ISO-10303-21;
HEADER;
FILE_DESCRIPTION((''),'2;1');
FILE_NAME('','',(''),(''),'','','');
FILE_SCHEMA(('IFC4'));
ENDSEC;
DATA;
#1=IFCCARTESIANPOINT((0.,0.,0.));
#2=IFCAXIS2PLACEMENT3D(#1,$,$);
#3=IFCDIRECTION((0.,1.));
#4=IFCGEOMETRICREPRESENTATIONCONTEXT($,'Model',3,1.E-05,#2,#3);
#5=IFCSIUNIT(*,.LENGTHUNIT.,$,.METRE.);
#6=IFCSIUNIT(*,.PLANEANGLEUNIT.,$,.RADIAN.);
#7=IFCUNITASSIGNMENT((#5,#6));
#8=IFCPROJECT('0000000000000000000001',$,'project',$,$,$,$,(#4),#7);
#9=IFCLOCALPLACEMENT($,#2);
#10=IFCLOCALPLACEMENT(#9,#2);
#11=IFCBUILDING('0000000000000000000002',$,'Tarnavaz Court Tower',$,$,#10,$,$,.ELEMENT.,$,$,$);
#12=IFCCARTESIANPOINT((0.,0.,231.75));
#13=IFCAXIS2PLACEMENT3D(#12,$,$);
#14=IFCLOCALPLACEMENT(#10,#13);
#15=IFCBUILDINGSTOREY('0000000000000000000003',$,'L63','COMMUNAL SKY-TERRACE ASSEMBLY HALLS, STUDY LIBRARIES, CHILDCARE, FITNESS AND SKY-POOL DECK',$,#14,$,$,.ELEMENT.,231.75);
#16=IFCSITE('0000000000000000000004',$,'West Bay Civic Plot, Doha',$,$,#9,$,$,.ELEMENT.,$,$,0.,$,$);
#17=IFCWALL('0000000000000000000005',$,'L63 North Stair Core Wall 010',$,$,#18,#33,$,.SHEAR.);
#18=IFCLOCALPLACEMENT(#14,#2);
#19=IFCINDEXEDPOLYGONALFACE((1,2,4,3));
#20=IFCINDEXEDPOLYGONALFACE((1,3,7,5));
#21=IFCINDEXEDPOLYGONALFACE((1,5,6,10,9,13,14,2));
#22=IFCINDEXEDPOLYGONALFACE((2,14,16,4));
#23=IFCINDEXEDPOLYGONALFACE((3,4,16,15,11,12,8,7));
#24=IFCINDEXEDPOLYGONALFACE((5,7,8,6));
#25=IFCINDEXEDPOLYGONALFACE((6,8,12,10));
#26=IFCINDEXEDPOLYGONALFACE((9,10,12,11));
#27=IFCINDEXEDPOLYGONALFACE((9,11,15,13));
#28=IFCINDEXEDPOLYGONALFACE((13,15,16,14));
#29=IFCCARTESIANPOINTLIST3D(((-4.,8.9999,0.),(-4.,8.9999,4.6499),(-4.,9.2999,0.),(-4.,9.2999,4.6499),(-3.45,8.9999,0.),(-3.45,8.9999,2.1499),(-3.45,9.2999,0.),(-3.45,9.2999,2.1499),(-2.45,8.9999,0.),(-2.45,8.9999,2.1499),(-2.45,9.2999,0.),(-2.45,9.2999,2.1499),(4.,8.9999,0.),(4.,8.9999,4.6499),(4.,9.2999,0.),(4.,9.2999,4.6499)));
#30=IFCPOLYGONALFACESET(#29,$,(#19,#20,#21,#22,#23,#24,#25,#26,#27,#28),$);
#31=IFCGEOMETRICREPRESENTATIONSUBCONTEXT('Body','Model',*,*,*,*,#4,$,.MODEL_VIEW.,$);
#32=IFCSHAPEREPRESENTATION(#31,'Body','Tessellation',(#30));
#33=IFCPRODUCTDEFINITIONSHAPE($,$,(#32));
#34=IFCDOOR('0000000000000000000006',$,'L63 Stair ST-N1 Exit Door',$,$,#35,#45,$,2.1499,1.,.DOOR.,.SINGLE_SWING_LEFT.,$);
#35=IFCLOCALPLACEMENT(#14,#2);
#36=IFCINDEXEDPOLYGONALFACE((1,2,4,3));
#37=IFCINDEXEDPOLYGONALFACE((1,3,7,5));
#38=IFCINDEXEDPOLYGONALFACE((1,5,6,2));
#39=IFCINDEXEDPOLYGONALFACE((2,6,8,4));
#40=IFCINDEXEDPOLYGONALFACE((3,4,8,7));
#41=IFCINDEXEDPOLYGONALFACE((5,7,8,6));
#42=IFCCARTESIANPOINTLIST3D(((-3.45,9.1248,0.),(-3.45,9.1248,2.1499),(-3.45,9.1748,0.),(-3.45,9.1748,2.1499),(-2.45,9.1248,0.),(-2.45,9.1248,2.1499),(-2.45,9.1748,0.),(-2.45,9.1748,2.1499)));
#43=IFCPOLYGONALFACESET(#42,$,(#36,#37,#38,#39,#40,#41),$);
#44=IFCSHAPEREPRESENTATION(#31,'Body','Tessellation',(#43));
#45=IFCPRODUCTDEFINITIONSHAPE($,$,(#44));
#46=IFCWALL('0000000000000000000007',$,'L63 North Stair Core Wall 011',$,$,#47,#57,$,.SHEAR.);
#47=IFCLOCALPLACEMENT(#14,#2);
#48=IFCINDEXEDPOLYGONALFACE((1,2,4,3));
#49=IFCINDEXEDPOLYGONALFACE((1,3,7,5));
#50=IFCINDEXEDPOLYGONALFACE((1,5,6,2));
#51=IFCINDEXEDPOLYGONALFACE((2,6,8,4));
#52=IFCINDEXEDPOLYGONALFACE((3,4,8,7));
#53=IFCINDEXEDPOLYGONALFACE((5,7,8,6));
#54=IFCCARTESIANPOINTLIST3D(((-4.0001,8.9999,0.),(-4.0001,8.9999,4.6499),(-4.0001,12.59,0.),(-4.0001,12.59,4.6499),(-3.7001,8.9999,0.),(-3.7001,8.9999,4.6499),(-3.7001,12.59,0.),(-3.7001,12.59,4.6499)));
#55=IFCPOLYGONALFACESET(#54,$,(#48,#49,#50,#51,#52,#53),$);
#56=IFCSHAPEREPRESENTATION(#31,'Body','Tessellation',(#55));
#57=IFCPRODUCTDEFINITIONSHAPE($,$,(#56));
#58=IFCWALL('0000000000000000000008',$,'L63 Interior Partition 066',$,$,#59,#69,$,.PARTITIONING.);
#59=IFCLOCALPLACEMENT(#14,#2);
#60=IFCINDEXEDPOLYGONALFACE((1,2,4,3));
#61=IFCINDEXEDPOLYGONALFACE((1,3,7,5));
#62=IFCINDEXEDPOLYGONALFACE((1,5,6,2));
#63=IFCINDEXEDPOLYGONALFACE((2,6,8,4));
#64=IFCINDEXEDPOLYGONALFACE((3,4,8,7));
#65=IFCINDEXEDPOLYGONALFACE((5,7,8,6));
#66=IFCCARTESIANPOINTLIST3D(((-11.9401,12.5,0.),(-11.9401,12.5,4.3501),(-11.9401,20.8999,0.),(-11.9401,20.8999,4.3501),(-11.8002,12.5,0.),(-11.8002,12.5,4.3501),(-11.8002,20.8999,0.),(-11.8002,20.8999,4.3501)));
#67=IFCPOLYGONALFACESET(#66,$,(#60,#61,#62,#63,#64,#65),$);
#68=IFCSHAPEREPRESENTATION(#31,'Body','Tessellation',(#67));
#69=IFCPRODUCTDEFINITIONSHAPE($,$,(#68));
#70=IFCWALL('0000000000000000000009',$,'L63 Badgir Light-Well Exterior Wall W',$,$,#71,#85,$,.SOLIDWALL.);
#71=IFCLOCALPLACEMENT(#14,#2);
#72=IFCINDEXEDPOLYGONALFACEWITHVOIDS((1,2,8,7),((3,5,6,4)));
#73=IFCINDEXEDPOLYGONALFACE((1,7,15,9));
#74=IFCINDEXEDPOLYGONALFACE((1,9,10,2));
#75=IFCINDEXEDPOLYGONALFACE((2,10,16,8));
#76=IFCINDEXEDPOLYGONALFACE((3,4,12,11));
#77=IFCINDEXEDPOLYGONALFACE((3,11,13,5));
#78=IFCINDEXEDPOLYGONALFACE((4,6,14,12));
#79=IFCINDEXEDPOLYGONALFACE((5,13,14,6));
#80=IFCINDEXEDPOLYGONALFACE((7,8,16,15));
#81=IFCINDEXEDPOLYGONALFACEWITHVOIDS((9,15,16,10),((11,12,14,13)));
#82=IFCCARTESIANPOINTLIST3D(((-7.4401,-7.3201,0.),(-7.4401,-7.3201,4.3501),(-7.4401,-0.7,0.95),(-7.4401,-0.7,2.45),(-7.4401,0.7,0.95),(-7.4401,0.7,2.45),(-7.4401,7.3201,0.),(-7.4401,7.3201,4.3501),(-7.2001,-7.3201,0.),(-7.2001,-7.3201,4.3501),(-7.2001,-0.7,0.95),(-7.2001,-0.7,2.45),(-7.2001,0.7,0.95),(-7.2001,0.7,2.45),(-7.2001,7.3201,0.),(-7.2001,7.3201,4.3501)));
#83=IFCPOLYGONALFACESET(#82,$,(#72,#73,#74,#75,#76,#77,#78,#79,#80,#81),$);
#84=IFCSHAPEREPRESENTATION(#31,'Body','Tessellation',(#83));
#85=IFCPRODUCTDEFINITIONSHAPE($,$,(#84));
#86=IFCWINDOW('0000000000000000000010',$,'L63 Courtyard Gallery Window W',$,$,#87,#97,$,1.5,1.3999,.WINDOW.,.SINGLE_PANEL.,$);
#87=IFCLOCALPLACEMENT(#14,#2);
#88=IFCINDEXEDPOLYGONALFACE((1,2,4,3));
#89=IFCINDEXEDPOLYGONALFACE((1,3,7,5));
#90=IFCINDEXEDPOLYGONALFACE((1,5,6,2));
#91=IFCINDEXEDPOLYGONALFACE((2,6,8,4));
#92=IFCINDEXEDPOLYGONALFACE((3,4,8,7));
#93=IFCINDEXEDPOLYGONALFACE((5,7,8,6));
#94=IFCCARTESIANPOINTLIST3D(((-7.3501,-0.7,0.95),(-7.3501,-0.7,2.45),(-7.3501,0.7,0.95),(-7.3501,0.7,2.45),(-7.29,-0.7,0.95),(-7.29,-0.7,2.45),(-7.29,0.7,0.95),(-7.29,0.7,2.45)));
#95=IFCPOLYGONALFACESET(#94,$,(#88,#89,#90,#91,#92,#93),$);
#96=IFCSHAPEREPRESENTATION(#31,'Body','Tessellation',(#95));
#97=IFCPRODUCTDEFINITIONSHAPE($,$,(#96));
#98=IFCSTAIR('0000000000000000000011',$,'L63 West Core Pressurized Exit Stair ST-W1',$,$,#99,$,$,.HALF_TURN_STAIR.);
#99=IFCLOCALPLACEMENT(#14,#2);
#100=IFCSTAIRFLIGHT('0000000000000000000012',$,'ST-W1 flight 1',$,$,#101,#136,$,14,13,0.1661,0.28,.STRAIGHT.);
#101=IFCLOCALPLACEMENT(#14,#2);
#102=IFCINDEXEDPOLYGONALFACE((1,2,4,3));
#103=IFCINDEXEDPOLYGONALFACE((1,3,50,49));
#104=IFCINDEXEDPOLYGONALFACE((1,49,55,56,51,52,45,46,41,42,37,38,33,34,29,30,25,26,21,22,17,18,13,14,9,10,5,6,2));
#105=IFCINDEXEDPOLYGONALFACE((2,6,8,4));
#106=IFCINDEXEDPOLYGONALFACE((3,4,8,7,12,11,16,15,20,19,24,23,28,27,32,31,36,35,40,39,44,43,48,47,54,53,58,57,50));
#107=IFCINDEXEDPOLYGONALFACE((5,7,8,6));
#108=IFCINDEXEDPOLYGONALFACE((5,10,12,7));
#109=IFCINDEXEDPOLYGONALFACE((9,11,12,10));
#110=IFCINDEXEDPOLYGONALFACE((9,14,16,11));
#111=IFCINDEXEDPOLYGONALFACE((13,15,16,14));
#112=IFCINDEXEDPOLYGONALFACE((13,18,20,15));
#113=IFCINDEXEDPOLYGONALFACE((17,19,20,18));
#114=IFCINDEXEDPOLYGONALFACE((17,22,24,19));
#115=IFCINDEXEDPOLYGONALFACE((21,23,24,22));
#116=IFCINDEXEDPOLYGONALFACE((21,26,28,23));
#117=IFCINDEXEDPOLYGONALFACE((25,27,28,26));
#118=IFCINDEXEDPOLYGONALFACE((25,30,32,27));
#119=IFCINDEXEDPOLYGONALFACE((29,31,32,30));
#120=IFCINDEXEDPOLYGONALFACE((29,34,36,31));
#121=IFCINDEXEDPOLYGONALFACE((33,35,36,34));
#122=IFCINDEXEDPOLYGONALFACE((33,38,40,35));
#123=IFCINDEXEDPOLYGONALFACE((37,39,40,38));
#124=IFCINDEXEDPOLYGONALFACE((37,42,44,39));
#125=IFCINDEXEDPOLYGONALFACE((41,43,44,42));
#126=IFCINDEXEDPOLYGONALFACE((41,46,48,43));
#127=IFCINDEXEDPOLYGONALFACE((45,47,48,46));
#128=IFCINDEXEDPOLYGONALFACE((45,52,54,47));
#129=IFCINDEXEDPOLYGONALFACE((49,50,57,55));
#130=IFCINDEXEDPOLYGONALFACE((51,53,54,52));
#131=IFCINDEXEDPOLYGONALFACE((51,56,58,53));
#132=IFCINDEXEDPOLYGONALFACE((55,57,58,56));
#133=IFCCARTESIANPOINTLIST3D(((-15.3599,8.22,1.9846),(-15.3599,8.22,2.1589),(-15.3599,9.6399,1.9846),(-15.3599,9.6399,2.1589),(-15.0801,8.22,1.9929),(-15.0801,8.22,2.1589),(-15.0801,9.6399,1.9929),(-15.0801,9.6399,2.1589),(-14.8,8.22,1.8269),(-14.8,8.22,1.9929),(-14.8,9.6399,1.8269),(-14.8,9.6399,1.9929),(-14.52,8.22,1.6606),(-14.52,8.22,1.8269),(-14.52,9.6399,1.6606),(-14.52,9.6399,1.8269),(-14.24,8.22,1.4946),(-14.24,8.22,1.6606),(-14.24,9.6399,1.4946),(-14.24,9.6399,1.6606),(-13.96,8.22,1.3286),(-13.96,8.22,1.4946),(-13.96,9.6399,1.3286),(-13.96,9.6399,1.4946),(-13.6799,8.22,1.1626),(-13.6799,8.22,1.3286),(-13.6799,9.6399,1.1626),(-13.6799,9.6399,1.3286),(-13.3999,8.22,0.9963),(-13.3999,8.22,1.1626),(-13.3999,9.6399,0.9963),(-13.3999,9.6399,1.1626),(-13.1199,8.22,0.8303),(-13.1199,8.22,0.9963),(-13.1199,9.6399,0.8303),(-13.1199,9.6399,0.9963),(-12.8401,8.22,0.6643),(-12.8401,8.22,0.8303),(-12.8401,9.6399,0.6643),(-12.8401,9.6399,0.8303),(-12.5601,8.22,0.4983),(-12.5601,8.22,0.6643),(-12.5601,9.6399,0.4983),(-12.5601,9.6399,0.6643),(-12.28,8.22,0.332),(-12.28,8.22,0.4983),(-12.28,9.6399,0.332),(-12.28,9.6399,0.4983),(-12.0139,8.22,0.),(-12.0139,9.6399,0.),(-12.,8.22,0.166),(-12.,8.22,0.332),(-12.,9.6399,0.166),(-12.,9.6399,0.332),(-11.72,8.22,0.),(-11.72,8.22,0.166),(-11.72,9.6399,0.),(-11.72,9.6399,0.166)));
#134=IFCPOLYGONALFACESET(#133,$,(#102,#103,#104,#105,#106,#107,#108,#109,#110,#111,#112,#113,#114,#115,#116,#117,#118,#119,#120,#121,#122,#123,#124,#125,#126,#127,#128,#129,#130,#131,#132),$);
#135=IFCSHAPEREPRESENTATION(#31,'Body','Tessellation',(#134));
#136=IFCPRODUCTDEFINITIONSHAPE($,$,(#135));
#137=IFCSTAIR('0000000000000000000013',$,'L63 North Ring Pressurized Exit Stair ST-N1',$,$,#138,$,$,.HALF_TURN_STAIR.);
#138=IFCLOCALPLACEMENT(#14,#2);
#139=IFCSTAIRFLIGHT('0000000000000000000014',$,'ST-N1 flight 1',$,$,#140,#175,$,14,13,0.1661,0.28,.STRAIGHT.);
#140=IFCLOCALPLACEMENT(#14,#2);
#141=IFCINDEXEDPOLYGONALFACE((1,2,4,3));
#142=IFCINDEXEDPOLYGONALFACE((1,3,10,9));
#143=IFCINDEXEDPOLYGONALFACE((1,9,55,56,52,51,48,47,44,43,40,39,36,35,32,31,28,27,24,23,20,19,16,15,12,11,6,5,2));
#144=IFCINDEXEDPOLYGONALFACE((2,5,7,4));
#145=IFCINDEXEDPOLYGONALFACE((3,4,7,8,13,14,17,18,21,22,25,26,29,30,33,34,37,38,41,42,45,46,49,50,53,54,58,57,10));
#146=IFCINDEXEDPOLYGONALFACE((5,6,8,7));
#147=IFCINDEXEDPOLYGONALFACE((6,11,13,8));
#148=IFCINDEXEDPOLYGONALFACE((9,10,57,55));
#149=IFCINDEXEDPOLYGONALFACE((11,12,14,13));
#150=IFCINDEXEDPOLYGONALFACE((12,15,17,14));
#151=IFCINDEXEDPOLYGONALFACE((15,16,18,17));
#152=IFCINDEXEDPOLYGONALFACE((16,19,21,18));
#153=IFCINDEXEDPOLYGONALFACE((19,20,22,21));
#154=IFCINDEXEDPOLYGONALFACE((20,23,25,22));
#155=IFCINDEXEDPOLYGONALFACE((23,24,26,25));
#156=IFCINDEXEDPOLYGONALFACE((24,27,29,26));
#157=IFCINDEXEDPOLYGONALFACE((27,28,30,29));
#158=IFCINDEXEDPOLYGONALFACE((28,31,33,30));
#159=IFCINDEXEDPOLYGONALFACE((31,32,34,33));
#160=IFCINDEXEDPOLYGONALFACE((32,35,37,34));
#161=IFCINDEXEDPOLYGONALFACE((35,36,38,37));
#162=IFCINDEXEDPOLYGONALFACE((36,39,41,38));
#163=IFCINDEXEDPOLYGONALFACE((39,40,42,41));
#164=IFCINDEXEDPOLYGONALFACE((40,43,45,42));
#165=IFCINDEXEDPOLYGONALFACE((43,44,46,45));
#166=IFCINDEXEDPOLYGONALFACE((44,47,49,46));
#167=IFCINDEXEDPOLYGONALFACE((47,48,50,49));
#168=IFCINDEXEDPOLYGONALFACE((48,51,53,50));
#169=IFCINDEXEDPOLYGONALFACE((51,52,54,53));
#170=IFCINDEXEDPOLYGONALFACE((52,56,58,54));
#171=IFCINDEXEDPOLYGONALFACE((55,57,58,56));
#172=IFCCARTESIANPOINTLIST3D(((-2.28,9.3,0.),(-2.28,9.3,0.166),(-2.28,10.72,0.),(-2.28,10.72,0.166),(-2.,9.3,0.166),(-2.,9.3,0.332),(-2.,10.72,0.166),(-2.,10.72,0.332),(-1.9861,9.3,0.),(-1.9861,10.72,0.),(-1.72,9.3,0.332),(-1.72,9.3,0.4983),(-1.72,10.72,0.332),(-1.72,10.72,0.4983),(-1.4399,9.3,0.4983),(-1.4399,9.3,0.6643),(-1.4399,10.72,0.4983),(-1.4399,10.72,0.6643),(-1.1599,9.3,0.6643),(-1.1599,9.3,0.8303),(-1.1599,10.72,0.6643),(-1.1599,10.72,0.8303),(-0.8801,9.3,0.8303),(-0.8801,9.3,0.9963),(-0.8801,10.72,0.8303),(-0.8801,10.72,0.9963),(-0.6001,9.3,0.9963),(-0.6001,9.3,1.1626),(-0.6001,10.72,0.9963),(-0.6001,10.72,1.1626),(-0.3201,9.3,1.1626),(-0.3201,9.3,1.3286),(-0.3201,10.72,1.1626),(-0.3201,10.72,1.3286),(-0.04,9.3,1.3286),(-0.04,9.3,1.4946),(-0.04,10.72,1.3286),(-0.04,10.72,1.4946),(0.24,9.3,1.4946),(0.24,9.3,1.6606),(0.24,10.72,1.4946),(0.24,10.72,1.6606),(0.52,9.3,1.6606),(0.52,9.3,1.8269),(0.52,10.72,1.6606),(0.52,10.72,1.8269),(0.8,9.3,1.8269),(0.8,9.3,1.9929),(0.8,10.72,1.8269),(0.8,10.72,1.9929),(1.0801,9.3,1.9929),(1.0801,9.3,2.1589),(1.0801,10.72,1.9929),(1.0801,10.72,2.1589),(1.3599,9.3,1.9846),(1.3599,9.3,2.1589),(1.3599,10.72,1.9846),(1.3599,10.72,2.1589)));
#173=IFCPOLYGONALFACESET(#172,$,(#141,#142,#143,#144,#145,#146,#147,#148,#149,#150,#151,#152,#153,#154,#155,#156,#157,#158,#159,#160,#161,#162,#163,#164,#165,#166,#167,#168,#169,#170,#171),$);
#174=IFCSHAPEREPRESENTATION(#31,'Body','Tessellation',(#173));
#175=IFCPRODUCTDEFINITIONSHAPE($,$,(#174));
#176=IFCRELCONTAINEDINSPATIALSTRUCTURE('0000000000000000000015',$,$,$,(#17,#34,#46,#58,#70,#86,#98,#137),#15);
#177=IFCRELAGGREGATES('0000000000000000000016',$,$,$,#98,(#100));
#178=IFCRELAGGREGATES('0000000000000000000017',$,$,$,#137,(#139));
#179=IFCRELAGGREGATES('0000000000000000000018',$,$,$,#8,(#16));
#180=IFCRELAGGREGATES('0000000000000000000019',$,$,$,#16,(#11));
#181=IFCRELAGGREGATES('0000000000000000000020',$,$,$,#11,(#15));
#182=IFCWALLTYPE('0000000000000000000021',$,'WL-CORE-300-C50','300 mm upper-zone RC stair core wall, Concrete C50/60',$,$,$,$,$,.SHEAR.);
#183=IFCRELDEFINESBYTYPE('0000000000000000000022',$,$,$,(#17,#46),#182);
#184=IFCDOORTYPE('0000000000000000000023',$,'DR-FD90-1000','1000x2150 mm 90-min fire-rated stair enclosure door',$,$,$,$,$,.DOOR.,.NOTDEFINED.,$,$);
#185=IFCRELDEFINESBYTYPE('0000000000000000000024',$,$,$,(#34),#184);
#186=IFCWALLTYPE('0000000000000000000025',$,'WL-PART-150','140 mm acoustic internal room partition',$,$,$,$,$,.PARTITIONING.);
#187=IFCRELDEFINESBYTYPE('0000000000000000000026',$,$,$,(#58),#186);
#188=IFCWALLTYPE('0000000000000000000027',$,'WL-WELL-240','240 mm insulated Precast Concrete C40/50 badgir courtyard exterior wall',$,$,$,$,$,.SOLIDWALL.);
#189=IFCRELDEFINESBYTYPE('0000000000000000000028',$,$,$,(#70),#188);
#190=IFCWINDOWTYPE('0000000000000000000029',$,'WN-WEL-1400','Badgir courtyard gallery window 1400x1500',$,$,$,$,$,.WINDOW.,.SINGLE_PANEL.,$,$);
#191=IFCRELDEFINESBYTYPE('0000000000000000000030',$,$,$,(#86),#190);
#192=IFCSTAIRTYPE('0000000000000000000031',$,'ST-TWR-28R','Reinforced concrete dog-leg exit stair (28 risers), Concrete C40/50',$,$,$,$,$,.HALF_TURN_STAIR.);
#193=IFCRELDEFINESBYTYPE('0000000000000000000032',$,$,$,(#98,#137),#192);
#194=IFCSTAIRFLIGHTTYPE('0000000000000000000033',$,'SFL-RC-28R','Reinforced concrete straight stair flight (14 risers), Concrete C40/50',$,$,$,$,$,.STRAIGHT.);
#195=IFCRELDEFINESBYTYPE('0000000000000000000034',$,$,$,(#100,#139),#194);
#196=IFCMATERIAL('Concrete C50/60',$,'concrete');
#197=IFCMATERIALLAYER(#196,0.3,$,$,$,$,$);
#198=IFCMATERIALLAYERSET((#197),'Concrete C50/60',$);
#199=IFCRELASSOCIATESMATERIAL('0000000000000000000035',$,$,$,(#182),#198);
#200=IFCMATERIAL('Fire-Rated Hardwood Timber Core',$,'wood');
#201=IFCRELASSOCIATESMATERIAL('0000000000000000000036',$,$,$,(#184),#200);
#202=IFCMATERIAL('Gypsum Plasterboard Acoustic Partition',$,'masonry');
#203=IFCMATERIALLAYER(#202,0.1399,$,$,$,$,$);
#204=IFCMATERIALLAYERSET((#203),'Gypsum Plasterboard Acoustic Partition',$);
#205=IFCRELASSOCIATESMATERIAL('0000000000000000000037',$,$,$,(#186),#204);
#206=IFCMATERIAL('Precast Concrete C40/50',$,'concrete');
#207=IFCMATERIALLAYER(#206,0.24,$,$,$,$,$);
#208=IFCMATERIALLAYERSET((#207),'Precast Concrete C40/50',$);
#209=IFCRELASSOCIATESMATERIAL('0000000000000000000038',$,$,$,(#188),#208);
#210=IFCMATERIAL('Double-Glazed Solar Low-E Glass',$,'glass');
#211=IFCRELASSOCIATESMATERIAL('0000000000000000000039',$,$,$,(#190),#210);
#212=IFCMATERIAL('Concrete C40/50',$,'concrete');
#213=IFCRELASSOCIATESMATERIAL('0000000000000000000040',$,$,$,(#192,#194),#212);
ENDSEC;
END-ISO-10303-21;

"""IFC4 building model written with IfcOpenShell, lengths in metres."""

from ifc_helpers import new_model, si_unit, direction, frame, frame_2d, origin, place, context, subcontext, project, spatial, polyline, rectangle, outline, extrude, material, layer, layer_set, type_object, element, fill, aggregate, save


model = new_model("IFC4")

# Units and contexts
model_context = context("Model", 3, precision=1e-05, world=origin(), true_north=direction((0.0, 1.0)))
body_context = subcontext(model_context, "Body", "Model", "MODEL_VIEW")
ifc_project = project(units=[si_unit("LENGTHUNIT", "METRE"), si_unit("PLANEANGLEUNIT", "RADIAN")], contexts=[model_context])

# Site, building, storey
site_placement = place(None, origin())
site = spatial("IfcSite", under=ifc_project, at=site_placement, Name="West Bay Civic Plot, Doha", CompositionType="ELEMENT", RefElevation=0.0)
building_placement = place(site_placement, origin())
building = spatial("IfcBuilding", under=site, at=building_placement, Name="Tarnavaz Court Tower", CompositionType="ELEMENT")
storey_placement = place(building_placement, frame((0.0, 0.0, 231.75)))
storey = spatial("IfcBuildingStorey", under=building, at=storey_placement, Name="L63", Description="COMMUNAL SKY-TERRACE ASSEMBLY HALLS, STUDY LIBRARIES, CHILDCARE, FITNESS AND SKY-POOL DECK", CompositionType="ELEMENT", Elevation=231.75)

# Shared definitions
ifc_material_1 = material(Name="Concrete C50/60", Category="concrete")

# Shared definitions
ifc_material_2 = material(Name="Double-Glazed Solar Low-E Glass", Category="glass")

# Shared definitions
ifc_layer_1 = layer(ifc_material_1, 0.3)
ifc_layer_set_1 = layer_set([ifc_layer_1], Name="Concrete C50/60")
wall_type_1 = type_object("IfcWallType", Name="WL-CORE-300-C50", Description="300 mm upper-zone RC stair core wall, Concrete C50/60", PredefinedType="SHEAR", material=ifc_layer_set_1)

# Wall, opening, door
wall_1_placement = place(storey_placement, frame((-4.0, 9.1499, 0.0), z_axis=(0.0, 0.0, 1.0), x_axis=(1.0, 0.0, 0.0)))
wall_1 = element("IfcWall", 1, at=wall_1_placement, inside=storey, type_object=wall_type_1, Name="L63 North Stair Core Wall 010", PredefinedType="SHEAR", context=body_context, shape_type="SweptSolid", body=[
    extrude(rectangle(XDim=8.0, YDim=0.3, at=frame_2d((4.0, 0.0))), origin(), (0.0, 0.0, 1.0), 4.6499),
])
opening_1_placement = place(wall_1_placement, frame((0.55, 0.0, 0.0)))
opening_1 = element("IfcOpeningElement", 2, at=opening_1_placement, cuts=wall_1, PredefinedType="OPENING", context=body_context, shape_type="SweptSolid", body=[
    extrude(rectangle(XDim=1.0, YDim=2.1499, at=frame_2d((0.5, 1.075))), frame((0.0, 0.1599, 0.0), z_axis=(0.0, -1.0, 0.0), x_axis=(1.0, 0.0, 0.0)), (0.0, 0.0, 1.0), 0.3201),
])
ifc_material_3 = material(Name="Fire-Rated Hardwood Timber Core", Category="wood")
door_type_1 = type_object("IfcDoorType", Name="DR-FD90-1000", Description="1000x2150 mm 90-min fire-rated stair enclosure door", OperationType="NOTDEFINED", PredefinedType="DOOR", material=ifc_material_3)
door_1_placement = place(opening_1_placement, origin())
door_1 = element("IfcDoor", 3, at=door_1_placement, inside=storey, type_object=door_type_1, Name="L63 Stair ST-N1 Exit Door", OperationType="SINGLE_SWING_LEFT", OverallHeight=2.1499, OverallWidth=1.0, PredefinedType="DOOR", context=body_context, shape_type="SweptSolid", body=[
    extrude(rectangle(XDim=1.0, YDim=2.1499, at=frame_2d((0.5, 1.075))), frame((0.0, 0.0249, 0.0), z_axis=(0.0, -1.0, 0.0), x_axis=(1.0, 0.0, 0.0)), (0.0, 0.0, 1.0), 0.05),
])
fill(opening_1, door_1)

# Wall
wall_2_placement = place(storey_placement, frame((-3.8501, 9.0, 0.0), z_axis=(0.0, 0.0, 1.0), x_axis=(0.0, 1.0, 0.0)))
element("IfcWall", 4, at=wall_2_placement, inside=storey, type_object=wall_type_1, Name="L63 North Stair Core Wall 011", PredefinedType="SHEAR", context=body_context, shape_type="SweptSolid", body=[
    extrude(rectangle(XDim=3.5901, YDim=0.3, at=frame_2d((1.7949, 0.0))), origin(), (0.0, 0.0, 1.0), 4.6499),
])

# Wall
ifc_material_4 = material(Name="Gypsum Plasterboard Acoustic Partition", Category="masonry")
ifc_layer_2 = layer(ifc_material_4, 0.1399)
ifc_layer_set_2 = layer_set([ifc_layer_2], Name="Gypsum Plasterboard Acoustic Partition")
wall_type_2 = type_object("IfcWallType", Name="WL-PART-150", Description="140 mm acoustic internal room partition", PredefinedType="PARTITIONING", material=ifc_layer_set_2)
wall_3_placement = place(storey_placement, frame((-11.8701, 12.5, 0.0), z_axis=(0.0, 0.0, 1.0), x_axis=(0.0, 1.0, 0.0)))
element("IfcWall", 5, at=wall_3_placement, inside=storey, type_object=wall_type_2, Name="L63 Interior Partition 066", PredefinedType="PARTITIONING", context=body_context, shape_type="SweptSolid", body=[
    extrude(rectangle(XDim=8.3999, YDim=0.1399, at=frame_2d((4.2, 0.0))), origin(), (0.0, 0.0, 1.0), 4.3501),
])

# Wall, opening, window
ifc_material_5 = material(Name="Precast Concrete C40/50", Category="concrete")
ifc_layer_3 = layer(ifc_material_5, 0.24)
ifc_layer_set_3 = layer_set([ifc_layer_3], Name="Precast Concrete C40/50")
wall_type_3 = type_object("IfcWallType", Name="WL-WELL-240", Description="240 mm insulated Precast Concrete C40/50 badgir courtyard exterior wall", PredefinedType="SOLIDWALL", material=ifc_layer_set_3)
wall_4_placement = place(storey_placement, frame((-7.3201, 7.3201, 0.0), z_axis=(0.0, 0.0, 1.0), x_axis=(0.0, -1.0, 0.0)))
wall_4 = element("IfcWall", 6, at=wall_4_placement, inside=storey, type_object=wall_type_3, Name="L63 Badgir Light-Well Exterior Wall W", PredefinedType="SOLIDWALL", context=body_context, shape_type="SweptSolid", body=[
    extrude(rectangle(XDim=14.6401, YDim=0.24, at=frame_2d((7.3201, 0.0))), origin(), (0.0, 0.0, 1.0), 4.3501),
])
opening_2_placement = place(wall_4_placement, frame((6.6201, 0.0, 0.95)))
opening_2 = element("IfcOpeningElement", 7, at=opening_2_placement, cuts=wall_4, PredefinedType="OPENING", context=body_context, shape_type="SweptSolid", body=[
    extrude(rectangle(XDim=1.3999, YDim=1.5, at=frame_2d((0.7, 0.75))), frame((0.0, 0.1299, 0.0), z_axis=(0.0, -1.0, 0.0), x_axis=(1.0, 0.0, 0.0)), (0.0, 0.0, 1.0), 0.26),
])
window_type = type_object("IfcWindowType", Name="WN-WEL-1400", Description="Badgir courtyard gallery window 1400x1500", PartitioningType="SINGLE_PANEL", PredefinedType="WINDOW", material=ifc_material_2)
window_placement = place(opening_2_placement, origin())
window = element("IfcWindow", 8, at=window_placement, inside=storey, type_object=window_type, Name="L63 Courtyard Gallery Window W", OverallHeight=1.5, OverallWidth=1.3999, PartitioningType="SINGLE_PANEL", PredefinedType="WINDOW", context=body_context, shape_type="SweptSolid", body=[
    extrude(rectangle(XDim=1.3999, YDim=1.5, at=frame_2d((0.7, 0.75))), frame((0.0, 0.03, 0.0), z_axis=(0.0, -1.0, 0.0), x_axis=(1.0, 0.0, 0.0)), (0.0, 0.0, 1.0), 0.0601),
])
fill(opening_2, window)

# Stairs, stair flights
ifc_material_6 = material(Name="Concrete C40/50", Category="concrete")
stair_type = type_object("IfcStairType", Name="ST-TWR-28R", Description="Reinforced concrete dog-leg exit stair (28 risers), Concrete C40/50", PredefinedType="HALF_TURN_STAIR", material=ifc_material_6)
stair_1_placement = place(storey_placement, origin())
stair_1 = element("IfcStair", 9, at=stair_1_placement, inside=storey, type_object=stair_type, Name="L63 West Core Pressurized Exit Stair ST-W1", PredefinedType="HALF_TURN_STAIR")
stair_flight_type = type_object("IfcStairFlightType", Name="SFL-RC-28R", Description="Reinforced concrete straight stair flight (14 risers), Concrete C40/50", PredefinedType="STRAIGHT", material=ifc_material_6)
stair_flight_1_placement = place(storey_placement, frame((-11.72, 8.9299, 0.0), z_axis=(0.0, 0.0, 1.0), x_axis=(-1.0, 0.0, 0.0)))
stair_flight_1 = element("IfcStairFlight", 10, at=stair_flight_1_placement, type_object=stair_flight_type, Name="ST-W1 flight 1", NumberOfRisers=14, NumberOfTreads=13, PredefinedType="STRAIGHT", RiserHeight=0.1661, TreadLength=0.28, context=body_context, shape_type="SweptSolid", body=[
    extrude(outline(polyline([(0.0, 0.0), (0.0, 0.166), (0.28, 0.166), (0.28, 0.332), (0.5601, 0.332), (0.5601, 0.4983), (0.8401, 0.4983), (0.8401, 0.6643), (1.1201, 0.6643), (1.1201, 0.8303), (1.3999, 0.8303), (1.3999, 0.9963), (1.6799, 0.9963), (1.6799, 1.1626), (1.96, 1.1626), (1.96, 1.3286), (2.24, 1.3286), (2.24, 1.4946), (2.52, 1.4946), (2.52, 1.6606), (2.8, 1.6606), (2.8, 1.8269), (3.0801, 1.8269), (3.0801, 1.9929), (3.3601, 1.9929), (3.3601, 2.1589), (3.6399, 2.1589), (3.6399, 2.325), (3.6399, 1.9846), (0.2939, 0.0), (0.0, 0.0)])), frame((0.0, 0.71, 0.0), z_axis=(0.0, -1.0, 0.0), x_axis=(1.0, 0.0, 0.0)), (0.0, 0.0, 1.0), 1.4199),
])
aggregate(stair_1, [stair_flight_1])
stair_2_placement = place(storey_placement, origin())
stair_2 = element("IfcStair", 11, at=stair_2_placement, inside=storey, type_object=stair_type, Name="L63 North Ring Pressurized Exit Stair ST-N1", PredefinedType="HALF_TURN_STAIR")
stair_flight_2_placement = place(storey_placement, frame((-2.28, 10.01, 0.0), z_axis=(0.0, 0.0, 1.0), x_axis=(1.0, 0.0, 0.0)))
stair_flight_2 = element("IfcStairFlight", 12, at=stair_flight_2_placement, type_object=stair_flight_type, Name="ST-N1 flight 1", NumberOfRisers=14, NumberOfTreads=13, PredefinedType="STRAIGHT", RiserHeight=0.1661, TreadLength=0.28, context=body_context, shape_type="SweptSolid", body=[
    extrude(outline(polyline([(0.0, 0.0), (0.0, 0.166), (0.28, 0.166), (0.28, 0.332), (0.5601, 0.332), (0.5601, 0.4983), (0.8401, 0.4983), (0.8401, 0.6643), (1.1201, 0.6643), (1.1201, 0.8303), (1.3999, 0.8303), (1.3999, 0.9963), (1.6799, 0.9963), (1.6799, 1.1626), (1.96, 1.1626), (1.96, 1.3286), (2.24, 1.3286), (2.24, 1.4946), (2.52, 1.4946), (2.52, 1.6606), (2.8, 1.6606), (2.8, 1.8269), (3.0801, 1.8269), (3.0801, 1.9929), (3.3601, 1.9929), (3.3601, 2.1589), (3.6399, 2.1589), (3.6399, 2.325), (3.6399, 1.9846), (0.2939, 0.0), (0.0, 0.0)])), frame((0.0, 0.71, 0.0), z_axis=(0.0, -1.0, 0.0), x_axis=(1.0, 0.0, 0.0)), (0.0, 0.0, 1.0), 1.4199),
])
aggregate(stair_2, [stair_flight_2])

save(model, "model.ifc")
